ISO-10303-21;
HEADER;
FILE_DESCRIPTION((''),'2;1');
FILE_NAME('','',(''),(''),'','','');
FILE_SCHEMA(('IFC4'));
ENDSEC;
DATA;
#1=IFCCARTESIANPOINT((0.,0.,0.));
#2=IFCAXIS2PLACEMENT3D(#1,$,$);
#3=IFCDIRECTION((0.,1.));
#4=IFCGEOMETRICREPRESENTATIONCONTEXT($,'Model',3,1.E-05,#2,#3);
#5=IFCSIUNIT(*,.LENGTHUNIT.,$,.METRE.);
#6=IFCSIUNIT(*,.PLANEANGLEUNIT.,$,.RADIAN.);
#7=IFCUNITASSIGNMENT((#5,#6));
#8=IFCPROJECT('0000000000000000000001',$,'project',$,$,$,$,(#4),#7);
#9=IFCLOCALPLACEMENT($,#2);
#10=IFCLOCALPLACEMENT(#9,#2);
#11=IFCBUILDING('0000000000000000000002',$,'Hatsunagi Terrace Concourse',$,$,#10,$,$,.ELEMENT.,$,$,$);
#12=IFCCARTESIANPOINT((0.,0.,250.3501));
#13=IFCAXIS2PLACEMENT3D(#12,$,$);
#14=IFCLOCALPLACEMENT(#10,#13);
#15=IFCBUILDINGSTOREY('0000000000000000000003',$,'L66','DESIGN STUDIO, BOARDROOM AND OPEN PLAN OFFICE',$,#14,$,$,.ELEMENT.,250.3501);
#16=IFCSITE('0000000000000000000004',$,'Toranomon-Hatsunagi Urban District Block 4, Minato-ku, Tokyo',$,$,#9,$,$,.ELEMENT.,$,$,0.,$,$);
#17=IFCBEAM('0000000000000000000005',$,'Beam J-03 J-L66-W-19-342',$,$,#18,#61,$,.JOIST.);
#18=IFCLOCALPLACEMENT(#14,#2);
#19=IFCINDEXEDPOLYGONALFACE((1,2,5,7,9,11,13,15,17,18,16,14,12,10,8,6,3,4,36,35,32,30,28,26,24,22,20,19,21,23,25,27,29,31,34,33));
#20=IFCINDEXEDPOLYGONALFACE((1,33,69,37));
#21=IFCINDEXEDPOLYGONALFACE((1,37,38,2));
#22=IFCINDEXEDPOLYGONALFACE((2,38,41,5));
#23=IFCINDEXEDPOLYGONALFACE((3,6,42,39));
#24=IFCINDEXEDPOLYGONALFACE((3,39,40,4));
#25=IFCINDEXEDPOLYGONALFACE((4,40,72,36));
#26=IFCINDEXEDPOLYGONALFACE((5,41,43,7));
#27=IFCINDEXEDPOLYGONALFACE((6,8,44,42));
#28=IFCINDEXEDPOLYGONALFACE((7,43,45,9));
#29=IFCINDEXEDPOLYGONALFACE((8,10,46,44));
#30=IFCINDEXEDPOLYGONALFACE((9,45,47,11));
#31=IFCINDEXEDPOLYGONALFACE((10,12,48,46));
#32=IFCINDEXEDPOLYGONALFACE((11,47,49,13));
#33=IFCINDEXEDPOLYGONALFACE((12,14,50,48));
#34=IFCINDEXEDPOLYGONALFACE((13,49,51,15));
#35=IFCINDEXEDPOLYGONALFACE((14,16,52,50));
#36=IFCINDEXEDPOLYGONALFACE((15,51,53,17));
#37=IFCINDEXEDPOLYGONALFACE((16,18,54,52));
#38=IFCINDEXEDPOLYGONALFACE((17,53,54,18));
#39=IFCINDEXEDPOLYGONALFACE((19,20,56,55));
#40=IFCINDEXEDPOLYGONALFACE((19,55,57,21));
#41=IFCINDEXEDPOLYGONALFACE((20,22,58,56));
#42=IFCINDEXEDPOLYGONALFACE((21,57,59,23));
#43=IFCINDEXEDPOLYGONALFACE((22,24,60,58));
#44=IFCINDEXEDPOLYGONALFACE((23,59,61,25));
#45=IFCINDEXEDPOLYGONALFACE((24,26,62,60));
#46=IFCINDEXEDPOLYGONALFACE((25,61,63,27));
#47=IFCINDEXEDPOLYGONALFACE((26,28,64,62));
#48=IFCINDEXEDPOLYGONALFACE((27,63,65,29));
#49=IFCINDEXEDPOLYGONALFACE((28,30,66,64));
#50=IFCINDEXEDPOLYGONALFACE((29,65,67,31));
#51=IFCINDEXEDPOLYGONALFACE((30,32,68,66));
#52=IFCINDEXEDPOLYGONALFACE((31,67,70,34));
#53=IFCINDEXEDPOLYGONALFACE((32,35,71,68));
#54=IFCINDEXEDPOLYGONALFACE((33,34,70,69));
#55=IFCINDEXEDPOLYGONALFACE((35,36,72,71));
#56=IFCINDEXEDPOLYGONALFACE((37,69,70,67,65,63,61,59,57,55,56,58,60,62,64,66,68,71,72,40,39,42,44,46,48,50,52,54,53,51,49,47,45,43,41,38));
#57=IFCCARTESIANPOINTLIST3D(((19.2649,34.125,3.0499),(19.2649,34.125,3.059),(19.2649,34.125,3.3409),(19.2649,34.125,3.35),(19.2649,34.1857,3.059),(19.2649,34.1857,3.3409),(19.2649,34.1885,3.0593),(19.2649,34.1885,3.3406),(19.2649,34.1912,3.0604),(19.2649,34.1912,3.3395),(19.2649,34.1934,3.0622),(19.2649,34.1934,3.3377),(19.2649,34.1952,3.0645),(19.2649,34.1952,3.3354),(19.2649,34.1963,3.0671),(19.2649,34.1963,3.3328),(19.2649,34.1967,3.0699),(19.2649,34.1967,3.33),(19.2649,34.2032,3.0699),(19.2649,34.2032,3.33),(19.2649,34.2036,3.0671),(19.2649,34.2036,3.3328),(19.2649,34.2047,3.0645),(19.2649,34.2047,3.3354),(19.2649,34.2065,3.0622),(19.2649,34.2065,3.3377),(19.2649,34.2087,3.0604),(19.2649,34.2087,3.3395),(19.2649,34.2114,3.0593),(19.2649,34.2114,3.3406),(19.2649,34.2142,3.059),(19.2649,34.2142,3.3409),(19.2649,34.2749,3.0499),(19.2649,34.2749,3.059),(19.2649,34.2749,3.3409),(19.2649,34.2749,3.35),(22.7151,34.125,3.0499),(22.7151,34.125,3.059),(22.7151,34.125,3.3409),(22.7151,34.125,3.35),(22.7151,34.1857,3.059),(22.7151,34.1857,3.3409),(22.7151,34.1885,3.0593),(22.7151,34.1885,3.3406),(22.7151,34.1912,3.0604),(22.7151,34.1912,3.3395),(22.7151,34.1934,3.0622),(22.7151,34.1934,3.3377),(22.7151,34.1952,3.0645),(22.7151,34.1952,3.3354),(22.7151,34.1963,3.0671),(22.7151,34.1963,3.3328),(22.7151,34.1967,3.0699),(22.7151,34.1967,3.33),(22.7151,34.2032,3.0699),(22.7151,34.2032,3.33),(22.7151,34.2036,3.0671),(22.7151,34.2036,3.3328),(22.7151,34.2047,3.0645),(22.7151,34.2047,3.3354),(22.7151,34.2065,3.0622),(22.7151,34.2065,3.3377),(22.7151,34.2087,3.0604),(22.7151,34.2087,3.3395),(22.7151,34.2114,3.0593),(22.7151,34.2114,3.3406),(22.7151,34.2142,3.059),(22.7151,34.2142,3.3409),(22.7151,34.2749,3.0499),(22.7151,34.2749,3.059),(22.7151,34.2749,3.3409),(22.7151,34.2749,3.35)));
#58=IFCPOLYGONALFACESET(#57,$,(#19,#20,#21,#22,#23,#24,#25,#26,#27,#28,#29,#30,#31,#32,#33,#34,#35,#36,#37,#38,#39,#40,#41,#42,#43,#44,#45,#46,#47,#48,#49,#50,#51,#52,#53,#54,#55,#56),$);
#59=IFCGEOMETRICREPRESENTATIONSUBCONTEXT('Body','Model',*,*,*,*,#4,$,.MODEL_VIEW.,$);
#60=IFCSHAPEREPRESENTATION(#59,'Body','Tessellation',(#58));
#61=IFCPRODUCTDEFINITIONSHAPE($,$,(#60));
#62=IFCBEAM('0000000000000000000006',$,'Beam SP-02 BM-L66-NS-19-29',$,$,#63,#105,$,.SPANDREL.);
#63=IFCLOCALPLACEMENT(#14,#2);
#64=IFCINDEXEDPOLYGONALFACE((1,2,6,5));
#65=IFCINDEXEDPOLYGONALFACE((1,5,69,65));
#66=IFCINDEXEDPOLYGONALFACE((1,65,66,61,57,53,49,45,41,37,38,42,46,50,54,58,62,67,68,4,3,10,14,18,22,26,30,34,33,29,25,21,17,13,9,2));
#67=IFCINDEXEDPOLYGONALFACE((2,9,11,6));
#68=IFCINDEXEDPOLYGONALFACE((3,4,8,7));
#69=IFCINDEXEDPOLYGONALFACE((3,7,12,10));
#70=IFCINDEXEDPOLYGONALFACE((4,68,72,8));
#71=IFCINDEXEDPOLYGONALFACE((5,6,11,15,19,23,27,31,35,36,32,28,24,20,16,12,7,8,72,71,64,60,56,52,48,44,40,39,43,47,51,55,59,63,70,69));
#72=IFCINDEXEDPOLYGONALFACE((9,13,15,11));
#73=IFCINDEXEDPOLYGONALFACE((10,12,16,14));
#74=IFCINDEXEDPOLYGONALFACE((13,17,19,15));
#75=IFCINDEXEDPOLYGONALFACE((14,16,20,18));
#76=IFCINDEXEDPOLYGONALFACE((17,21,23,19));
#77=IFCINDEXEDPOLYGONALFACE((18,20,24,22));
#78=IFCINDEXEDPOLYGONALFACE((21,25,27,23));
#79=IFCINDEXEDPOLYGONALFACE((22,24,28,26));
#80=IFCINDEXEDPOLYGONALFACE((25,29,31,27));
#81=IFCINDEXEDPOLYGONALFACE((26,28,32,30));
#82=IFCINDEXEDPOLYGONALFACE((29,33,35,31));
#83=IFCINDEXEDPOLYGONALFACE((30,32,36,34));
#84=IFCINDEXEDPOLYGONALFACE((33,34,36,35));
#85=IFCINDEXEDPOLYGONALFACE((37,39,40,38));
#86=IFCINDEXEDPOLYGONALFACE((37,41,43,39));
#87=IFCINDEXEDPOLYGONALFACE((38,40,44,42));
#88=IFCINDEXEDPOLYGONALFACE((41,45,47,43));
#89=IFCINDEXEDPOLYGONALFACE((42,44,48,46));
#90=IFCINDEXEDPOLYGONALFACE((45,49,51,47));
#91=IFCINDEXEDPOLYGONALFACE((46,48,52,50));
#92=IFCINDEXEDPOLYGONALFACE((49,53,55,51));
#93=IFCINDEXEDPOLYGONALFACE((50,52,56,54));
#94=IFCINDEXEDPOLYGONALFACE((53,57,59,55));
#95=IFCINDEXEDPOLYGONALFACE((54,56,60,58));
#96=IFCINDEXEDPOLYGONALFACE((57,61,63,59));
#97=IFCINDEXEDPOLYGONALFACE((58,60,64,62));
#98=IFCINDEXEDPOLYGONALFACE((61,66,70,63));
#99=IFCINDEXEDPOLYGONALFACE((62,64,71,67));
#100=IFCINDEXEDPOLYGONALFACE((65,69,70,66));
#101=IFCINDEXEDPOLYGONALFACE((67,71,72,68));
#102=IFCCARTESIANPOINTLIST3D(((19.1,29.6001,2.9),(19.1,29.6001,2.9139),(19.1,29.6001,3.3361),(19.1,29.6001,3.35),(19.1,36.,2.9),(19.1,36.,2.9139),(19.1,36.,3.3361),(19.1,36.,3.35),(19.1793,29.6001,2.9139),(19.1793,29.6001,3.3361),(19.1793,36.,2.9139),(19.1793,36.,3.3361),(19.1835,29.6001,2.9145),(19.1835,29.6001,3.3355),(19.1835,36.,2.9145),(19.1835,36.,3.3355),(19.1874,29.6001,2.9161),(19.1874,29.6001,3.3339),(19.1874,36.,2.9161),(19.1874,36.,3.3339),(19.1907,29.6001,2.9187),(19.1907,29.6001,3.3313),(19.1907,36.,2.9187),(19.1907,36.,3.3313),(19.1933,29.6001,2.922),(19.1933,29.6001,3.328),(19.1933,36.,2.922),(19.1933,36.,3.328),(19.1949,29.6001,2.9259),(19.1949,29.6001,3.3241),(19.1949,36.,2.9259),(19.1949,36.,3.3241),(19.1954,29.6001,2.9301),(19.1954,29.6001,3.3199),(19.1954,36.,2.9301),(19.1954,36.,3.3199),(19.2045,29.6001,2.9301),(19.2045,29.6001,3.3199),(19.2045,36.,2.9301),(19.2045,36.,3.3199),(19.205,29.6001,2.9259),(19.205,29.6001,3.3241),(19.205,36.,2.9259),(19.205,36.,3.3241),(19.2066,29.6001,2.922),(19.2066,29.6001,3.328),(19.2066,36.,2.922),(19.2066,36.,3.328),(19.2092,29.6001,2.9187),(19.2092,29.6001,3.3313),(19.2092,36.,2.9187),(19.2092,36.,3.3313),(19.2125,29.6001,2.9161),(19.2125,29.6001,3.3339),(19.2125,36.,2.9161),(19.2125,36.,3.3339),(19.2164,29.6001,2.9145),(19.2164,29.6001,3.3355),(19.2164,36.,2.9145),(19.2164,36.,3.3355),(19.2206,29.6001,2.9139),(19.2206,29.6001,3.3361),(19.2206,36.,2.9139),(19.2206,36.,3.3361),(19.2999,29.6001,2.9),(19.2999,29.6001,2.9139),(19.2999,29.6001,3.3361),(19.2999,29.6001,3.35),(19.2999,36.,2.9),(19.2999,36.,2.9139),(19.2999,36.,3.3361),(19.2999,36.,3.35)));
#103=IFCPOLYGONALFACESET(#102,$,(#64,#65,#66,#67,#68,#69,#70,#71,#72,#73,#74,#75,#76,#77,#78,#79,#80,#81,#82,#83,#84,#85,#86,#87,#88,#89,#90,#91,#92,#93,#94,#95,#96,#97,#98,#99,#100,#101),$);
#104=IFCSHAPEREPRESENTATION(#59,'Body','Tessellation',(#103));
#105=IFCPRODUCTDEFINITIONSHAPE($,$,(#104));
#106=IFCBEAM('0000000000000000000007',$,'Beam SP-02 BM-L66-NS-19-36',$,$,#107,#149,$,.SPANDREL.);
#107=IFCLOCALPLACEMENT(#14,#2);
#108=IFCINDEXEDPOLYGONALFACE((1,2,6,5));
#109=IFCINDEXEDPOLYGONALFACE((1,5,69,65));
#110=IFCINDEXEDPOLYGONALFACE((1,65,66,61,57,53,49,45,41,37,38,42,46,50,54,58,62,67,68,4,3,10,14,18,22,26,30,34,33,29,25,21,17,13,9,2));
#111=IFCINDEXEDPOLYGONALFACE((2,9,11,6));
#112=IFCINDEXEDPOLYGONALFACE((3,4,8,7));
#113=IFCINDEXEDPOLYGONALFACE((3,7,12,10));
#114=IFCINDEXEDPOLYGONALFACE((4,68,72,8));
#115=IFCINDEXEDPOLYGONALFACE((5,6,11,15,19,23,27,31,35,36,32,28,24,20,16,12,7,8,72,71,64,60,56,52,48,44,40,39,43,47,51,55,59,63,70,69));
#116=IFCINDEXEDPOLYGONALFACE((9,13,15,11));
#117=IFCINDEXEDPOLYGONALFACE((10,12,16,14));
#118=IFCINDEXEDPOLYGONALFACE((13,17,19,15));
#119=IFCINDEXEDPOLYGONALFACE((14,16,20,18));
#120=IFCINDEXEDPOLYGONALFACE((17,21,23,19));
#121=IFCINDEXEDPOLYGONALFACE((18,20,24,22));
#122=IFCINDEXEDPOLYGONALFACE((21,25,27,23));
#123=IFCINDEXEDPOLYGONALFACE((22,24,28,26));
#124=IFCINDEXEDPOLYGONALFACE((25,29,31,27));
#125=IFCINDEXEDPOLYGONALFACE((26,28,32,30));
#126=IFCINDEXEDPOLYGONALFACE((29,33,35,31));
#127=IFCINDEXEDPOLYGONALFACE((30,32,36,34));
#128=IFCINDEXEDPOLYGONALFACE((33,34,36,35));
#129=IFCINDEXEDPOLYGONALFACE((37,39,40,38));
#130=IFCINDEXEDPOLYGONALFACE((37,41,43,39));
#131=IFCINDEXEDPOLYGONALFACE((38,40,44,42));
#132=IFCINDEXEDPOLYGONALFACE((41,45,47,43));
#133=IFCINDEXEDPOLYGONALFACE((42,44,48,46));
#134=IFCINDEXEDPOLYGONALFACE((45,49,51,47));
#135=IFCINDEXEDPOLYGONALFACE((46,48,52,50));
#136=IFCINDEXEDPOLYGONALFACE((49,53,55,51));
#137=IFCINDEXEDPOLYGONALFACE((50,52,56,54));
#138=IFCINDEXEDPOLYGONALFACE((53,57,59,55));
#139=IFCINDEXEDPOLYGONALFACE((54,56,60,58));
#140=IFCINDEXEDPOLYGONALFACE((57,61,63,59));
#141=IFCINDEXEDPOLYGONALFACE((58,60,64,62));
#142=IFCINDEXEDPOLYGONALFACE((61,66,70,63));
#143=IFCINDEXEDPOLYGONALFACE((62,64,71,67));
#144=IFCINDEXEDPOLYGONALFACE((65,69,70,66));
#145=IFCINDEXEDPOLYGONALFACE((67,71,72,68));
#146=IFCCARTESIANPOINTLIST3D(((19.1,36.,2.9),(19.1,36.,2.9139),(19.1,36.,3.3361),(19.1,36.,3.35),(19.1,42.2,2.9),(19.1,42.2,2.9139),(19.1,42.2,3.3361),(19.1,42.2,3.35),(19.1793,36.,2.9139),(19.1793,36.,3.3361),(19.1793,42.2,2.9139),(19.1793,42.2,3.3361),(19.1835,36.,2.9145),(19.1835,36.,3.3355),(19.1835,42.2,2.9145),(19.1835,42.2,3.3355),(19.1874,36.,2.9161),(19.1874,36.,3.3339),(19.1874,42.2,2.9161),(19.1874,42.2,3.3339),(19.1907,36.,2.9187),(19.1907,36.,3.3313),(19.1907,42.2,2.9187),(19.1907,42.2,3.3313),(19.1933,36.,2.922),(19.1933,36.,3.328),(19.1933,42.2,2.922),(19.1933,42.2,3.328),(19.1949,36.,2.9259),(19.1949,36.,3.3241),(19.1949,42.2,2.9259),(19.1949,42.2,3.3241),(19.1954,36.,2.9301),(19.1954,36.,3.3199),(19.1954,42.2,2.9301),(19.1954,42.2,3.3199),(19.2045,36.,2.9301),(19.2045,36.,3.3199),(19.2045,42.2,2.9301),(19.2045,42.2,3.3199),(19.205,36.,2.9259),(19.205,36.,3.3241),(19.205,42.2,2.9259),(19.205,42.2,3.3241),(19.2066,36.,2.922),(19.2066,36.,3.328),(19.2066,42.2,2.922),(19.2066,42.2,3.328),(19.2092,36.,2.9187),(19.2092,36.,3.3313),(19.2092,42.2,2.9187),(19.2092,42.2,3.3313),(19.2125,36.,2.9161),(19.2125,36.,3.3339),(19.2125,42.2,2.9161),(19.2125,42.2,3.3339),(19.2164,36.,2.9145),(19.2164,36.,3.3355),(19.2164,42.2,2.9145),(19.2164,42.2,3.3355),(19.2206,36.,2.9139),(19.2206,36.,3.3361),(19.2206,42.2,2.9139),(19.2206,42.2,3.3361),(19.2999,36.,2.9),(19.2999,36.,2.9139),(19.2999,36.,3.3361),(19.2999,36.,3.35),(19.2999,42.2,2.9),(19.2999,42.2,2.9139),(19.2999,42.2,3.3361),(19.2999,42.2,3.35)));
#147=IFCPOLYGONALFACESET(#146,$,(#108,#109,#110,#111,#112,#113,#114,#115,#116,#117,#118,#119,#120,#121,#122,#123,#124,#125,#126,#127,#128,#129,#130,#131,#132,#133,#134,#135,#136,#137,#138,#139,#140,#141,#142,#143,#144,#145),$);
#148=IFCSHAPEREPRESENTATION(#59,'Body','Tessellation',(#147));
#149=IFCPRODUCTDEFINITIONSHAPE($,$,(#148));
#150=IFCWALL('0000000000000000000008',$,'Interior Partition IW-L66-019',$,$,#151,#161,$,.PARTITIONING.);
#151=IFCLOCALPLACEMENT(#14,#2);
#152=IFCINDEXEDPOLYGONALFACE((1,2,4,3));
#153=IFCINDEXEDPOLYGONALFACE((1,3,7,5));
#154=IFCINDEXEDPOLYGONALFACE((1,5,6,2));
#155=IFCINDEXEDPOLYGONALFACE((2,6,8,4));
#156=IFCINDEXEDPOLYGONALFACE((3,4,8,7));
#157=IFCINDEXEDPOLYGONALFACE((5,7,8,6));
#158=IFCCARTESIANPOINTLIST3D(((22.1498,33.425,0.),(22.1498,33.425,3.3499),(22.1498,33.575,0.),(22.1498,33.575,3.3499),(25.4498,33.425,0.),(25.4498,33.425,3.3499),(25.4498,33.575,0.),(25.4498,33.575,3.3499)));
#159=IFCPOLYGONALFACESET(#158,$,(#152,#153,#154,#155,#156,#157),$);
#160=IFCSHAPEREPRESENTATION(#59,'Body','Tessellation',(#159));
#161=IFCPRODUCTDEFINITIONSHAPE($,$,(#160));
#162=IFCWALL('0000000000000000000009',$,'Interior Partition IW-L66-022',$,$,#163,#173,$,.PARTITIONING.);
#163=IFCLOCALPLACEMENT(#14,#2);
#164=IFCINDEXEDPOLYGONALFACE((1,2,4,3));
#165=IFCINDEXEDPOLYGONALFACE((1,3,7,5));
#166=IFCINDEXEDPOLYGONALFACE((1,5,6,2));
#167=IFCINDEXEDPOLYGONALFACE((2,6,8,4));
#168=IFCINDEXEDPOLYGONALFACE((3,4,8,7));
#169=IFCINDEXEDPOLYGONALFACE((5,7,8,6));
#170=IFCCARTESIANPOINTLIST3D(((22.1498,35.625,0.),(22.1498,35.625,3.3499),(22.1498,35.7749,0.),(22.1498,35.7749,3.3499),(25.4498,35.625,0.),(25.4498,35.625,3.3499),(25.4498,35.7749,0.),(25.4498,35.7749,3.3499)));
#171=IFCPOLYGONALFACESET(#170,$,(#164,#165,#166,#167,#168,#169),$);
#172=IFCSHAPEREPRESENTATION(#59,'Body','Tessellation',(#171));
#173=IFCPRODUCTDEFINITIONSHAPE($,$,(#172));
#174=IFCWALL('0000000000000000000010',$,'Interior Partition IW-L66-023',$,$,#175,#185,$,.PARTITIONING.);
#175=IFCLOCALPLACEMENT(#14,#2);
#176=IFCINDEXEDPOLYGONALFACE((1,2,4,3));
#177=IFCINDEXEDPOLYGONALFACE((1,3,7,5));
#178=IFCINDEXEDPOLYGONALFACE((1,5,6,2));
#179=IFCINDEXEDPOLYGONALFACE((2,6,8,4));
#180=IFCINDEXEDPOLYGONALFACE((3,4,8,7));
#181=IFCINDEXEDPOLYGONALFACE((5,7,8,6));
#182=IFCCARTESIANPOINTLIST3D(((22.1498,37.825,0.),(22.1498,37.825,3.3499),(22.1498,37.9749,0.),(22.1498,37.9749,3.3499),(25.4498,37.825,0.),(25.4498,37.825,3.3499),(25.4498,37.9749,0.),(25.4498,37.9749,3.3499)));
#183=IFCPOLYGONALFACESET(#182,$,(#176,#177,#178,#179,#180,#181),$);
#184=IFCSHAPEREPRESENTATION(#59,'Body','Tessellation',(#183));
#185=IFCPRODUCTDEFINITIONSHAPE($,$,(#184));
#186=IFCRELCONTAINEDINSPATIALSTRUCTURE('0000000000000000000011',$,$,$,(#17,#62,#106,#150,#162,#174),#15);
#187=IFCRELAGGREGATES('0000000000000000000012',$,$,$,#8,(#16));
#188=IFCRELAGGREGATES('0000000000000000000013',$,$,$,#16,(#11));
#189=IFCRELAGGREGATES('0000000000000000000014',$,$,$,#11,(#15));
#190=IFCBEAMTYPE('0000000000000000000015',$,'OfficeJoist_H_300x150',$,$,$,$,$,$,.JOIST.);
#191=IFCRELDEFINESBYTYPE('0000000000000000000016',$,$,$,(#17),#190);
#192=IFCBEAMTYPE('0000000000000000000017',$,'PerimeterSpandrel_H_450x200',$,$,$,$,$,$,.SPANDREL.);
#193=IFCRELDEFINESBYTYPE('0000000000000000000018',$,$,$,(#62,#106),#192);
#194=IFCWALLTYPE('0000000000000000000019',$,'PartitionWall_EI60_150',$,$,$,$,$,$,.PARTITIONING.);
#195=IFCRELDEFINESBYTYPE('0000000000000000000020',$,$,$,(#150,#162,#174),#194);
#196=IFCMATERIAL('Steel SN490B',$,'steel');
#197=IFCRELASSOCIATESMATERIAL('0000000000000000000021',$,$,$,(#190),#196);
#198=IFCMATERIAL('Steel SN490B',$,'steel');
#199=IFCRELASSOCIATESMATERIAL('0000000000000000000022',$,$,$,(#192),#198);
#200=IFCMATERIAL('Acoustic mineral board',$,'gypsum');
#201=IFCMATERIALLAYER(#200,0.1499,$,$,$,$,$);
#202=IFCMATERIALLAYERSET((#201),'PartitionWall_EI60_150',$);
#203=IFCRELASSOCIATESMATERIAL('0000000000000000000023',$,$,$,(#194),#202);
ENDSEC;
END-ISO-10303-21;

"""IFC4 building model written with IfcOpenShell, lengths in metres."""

from ifc_helpers import new_model, si_unit, direction, frame, frame_2d, origin, origin_2d, place, context, subcontext, project, spatial, rectangle, i_section, extrude, material, layer, layer_set, material_profile, profile_set, type_object, element, save


model = new_model("IFC4")

# Units and contexts
model_context = context("Model", 3, precision=1e-05, world=origin(), true_north=direction((0.0, 1.0)))
body_context = subcontext(model_context, "Body", "Model", "MODEL_VIEW")
ifc_project = project(units=[si_unit("LENGTHUNIT", "METRE"), si_unit("PLANEANGLEUNIT", "RADIAN")], contexts=[model_context])

# Site, building, storey
site_placement = place(None, origin())
site = spatial("IfcSite", under=ifc_project, at=site_placement, Name="Toranomon-Hatsunagi Urban District Block 4, Minato-ku, Tokyo", CompositionType="ELEMENT", RefElevation=0.0)
building_placement = place(site_placement, origin())
building = spatial("IfcBuilding", under=site, at=building_placement, Name="Hatsunagi Terrace Concourse", CompositionType="ELEMENT")
storey_placement = place(building_placement, frame((0.0, 0.0, 250.3501)))
storey = spatial("IfcBuildingStorey", under=building, at=storey_placement, Name="L66", Description="DESIGN STUDIO, BOARDROOM AND OPEN PLAN OFFICE", CompositionType="ELEMENT", Elevation=250.3501)

# Beams
ifc_material_1 = material(Name="Steel SN490B", Category="steel")
ifc_material_profile_1 = material_profile(ifc_material_1, i_section(OverallWidth=0.1499, OverallDepth=0.3, WebThickness=0.0066, FlangeThickness=0.009, FilletRadius=0.011, at=origin_2d()), Name="H-300x150x6.5x9")
ifc_profile_set_1 = profile_set([ifc_material_profile_1], Name="Steel SN490B")
beam_type_1 = type_object("IfcBeamType", Name="OfficeJoist_H_300x150", PredefinedType="JOIST", material=ifc_profile_set_1)
for number, where, z_axis, x_axis, name in (
    (1, (19.2649, 34.2, 3.2), (1.0, 0.0, 0.0), (0.0, 1.0, 0.0), "Beam J-03 J-L66-W-19-342"),
):
    element("IfcBeam", number, at=place(storey_placement, frame(where, z_axis=z_axis, x_axis=x_axis)), inside=storey, type_object=beam_type_1, Name=name, PredefinedType="JOIST", context=body_context, shape_type="SweptSolid", body=[
        extrude(i_section(OverallWidth=0.1499, OverallDepth=0.3, WebThickness=0.0066, FlangeThickness=0.009, FilletRadius=0.011, at=origin_2d()), origin(), (0.0, 0.0, 1.0), 3.4502),
    ])
ifc_material_2 = material(Name="Steel SN490B", Category="steel")
ifc_material_profile_2 = material_profile(ifc_material_2, i_section(OverallWidth=0.2, OverallDepth=0.45, WebThickness=0.009, FlangeThickness=0.0139, FilletRadius=0.0161, at=origin_2d()), Name="H-450x200x9x14")
ifc_profile_set_2 = profile_set([ifc_material_profile_2], Name="Steel SN490B")
beam_type_2 = type_object("IfcBeamType", Name="PerimeterSpandrel_H_450x200", PredefinedType="SPANDREL", material=ifc_profile_set_2)
beam_1_placement = place(storey_placement, frame((19.2, 29.6001, 3.125), z_axis=(0.0, 1.0, 0.0), x_axis=(-1.0, 0.0, 0.0)))
element("IfcBeam", 2, at=beam_1_placement, inside=storey, type_object=beam_type_2, Name="Beam SP-02 BM-L66-NS-19-29", PredefinedType="SPANDREL", context=body_context, shape_type="SweptSolid", body=[
    extrude(i_section(OverallWidth=0.2, OverallDepth=0.45, WebThickness=0.009, FlangeThickness=0.0139, FilletRadius=0.0161, at=origin_2d()), origin(), (0.0, 0.0, 1.0), 6.3999),
])
beam_2_placement = place(storey_placement, frame((19.2, 36.0, 3.125), z_axis=(0.0, 1.0, 0.0), x_axis=(-1.0, 0.0, 0.0)))
element("IfcBeam", 3, at=beam_2_placement, inside=storey, type_object=beam_type_2, Name="Beam SP-02 BM-L66-NS-19-36", PredefinedType="SPANDREL", context=body_context, shape_type="SweptSolid", body=[
    extrude(i_section(OverallWidth=0.2, OverallDepth=0.45, WebThickness=0.009, FlangeThickness=0.0139, FilletRadius=0.0161, at=origin_2d()), origin(), (0.0, 0.0, 1.0), 6.2),
])

# Walls
ifc_material_3 = material(Name="Acoustic mineral board", Category="gypsum")
ifc_layer_1 = layer(ifc_material_3, 0.1499)
ifc_layer_set_1 = layer_set([ifc_layer_1], Name="PartitionWall_EI60_150")
wall_type = type_object("IfcWallType", Name="PartitionWall_EI60_150", PredefinedType="PARTITIONING", material=ifc_layer_set_1)
for number, where, z_axis, x_axis, name in (
    (4, (22.1499, 33.5, 0.0), (0.0, 0.0, 1.0), (1.0, 0.0, 0.0), "Interior Partition IW-L66-019"),
    (5, (22.1499, 35.7, 0.0), (0.0, 0.0, 1.0), (1.0, 0.0, 0.0), "Interior Partition IW-L66-022"),
    (6, (22.1499, 37.8999, 0.0), (0.0, 0.0, 1.0), (1.0, 0.0, 0.0), "Interior Partition IW-L66-023"),
):
    element("IfcWall", number, at=place(storey_placement, frame(where, z_axis=z_axis, x_axis=x_axis)), inside=storey, type_object=wall_type, Name=name, PredefinedType="PARTITIONING", context=body_context, shape_type="SweptSolid", body=[
        extrude(rectangle(XDim=3.3, YDim=0.1499, at=frame_2d((1.6499, 0.0))), origin(), (0.0, 0.0, 1.0), 3.3499),
    ])

save(model, "model.ifc")
